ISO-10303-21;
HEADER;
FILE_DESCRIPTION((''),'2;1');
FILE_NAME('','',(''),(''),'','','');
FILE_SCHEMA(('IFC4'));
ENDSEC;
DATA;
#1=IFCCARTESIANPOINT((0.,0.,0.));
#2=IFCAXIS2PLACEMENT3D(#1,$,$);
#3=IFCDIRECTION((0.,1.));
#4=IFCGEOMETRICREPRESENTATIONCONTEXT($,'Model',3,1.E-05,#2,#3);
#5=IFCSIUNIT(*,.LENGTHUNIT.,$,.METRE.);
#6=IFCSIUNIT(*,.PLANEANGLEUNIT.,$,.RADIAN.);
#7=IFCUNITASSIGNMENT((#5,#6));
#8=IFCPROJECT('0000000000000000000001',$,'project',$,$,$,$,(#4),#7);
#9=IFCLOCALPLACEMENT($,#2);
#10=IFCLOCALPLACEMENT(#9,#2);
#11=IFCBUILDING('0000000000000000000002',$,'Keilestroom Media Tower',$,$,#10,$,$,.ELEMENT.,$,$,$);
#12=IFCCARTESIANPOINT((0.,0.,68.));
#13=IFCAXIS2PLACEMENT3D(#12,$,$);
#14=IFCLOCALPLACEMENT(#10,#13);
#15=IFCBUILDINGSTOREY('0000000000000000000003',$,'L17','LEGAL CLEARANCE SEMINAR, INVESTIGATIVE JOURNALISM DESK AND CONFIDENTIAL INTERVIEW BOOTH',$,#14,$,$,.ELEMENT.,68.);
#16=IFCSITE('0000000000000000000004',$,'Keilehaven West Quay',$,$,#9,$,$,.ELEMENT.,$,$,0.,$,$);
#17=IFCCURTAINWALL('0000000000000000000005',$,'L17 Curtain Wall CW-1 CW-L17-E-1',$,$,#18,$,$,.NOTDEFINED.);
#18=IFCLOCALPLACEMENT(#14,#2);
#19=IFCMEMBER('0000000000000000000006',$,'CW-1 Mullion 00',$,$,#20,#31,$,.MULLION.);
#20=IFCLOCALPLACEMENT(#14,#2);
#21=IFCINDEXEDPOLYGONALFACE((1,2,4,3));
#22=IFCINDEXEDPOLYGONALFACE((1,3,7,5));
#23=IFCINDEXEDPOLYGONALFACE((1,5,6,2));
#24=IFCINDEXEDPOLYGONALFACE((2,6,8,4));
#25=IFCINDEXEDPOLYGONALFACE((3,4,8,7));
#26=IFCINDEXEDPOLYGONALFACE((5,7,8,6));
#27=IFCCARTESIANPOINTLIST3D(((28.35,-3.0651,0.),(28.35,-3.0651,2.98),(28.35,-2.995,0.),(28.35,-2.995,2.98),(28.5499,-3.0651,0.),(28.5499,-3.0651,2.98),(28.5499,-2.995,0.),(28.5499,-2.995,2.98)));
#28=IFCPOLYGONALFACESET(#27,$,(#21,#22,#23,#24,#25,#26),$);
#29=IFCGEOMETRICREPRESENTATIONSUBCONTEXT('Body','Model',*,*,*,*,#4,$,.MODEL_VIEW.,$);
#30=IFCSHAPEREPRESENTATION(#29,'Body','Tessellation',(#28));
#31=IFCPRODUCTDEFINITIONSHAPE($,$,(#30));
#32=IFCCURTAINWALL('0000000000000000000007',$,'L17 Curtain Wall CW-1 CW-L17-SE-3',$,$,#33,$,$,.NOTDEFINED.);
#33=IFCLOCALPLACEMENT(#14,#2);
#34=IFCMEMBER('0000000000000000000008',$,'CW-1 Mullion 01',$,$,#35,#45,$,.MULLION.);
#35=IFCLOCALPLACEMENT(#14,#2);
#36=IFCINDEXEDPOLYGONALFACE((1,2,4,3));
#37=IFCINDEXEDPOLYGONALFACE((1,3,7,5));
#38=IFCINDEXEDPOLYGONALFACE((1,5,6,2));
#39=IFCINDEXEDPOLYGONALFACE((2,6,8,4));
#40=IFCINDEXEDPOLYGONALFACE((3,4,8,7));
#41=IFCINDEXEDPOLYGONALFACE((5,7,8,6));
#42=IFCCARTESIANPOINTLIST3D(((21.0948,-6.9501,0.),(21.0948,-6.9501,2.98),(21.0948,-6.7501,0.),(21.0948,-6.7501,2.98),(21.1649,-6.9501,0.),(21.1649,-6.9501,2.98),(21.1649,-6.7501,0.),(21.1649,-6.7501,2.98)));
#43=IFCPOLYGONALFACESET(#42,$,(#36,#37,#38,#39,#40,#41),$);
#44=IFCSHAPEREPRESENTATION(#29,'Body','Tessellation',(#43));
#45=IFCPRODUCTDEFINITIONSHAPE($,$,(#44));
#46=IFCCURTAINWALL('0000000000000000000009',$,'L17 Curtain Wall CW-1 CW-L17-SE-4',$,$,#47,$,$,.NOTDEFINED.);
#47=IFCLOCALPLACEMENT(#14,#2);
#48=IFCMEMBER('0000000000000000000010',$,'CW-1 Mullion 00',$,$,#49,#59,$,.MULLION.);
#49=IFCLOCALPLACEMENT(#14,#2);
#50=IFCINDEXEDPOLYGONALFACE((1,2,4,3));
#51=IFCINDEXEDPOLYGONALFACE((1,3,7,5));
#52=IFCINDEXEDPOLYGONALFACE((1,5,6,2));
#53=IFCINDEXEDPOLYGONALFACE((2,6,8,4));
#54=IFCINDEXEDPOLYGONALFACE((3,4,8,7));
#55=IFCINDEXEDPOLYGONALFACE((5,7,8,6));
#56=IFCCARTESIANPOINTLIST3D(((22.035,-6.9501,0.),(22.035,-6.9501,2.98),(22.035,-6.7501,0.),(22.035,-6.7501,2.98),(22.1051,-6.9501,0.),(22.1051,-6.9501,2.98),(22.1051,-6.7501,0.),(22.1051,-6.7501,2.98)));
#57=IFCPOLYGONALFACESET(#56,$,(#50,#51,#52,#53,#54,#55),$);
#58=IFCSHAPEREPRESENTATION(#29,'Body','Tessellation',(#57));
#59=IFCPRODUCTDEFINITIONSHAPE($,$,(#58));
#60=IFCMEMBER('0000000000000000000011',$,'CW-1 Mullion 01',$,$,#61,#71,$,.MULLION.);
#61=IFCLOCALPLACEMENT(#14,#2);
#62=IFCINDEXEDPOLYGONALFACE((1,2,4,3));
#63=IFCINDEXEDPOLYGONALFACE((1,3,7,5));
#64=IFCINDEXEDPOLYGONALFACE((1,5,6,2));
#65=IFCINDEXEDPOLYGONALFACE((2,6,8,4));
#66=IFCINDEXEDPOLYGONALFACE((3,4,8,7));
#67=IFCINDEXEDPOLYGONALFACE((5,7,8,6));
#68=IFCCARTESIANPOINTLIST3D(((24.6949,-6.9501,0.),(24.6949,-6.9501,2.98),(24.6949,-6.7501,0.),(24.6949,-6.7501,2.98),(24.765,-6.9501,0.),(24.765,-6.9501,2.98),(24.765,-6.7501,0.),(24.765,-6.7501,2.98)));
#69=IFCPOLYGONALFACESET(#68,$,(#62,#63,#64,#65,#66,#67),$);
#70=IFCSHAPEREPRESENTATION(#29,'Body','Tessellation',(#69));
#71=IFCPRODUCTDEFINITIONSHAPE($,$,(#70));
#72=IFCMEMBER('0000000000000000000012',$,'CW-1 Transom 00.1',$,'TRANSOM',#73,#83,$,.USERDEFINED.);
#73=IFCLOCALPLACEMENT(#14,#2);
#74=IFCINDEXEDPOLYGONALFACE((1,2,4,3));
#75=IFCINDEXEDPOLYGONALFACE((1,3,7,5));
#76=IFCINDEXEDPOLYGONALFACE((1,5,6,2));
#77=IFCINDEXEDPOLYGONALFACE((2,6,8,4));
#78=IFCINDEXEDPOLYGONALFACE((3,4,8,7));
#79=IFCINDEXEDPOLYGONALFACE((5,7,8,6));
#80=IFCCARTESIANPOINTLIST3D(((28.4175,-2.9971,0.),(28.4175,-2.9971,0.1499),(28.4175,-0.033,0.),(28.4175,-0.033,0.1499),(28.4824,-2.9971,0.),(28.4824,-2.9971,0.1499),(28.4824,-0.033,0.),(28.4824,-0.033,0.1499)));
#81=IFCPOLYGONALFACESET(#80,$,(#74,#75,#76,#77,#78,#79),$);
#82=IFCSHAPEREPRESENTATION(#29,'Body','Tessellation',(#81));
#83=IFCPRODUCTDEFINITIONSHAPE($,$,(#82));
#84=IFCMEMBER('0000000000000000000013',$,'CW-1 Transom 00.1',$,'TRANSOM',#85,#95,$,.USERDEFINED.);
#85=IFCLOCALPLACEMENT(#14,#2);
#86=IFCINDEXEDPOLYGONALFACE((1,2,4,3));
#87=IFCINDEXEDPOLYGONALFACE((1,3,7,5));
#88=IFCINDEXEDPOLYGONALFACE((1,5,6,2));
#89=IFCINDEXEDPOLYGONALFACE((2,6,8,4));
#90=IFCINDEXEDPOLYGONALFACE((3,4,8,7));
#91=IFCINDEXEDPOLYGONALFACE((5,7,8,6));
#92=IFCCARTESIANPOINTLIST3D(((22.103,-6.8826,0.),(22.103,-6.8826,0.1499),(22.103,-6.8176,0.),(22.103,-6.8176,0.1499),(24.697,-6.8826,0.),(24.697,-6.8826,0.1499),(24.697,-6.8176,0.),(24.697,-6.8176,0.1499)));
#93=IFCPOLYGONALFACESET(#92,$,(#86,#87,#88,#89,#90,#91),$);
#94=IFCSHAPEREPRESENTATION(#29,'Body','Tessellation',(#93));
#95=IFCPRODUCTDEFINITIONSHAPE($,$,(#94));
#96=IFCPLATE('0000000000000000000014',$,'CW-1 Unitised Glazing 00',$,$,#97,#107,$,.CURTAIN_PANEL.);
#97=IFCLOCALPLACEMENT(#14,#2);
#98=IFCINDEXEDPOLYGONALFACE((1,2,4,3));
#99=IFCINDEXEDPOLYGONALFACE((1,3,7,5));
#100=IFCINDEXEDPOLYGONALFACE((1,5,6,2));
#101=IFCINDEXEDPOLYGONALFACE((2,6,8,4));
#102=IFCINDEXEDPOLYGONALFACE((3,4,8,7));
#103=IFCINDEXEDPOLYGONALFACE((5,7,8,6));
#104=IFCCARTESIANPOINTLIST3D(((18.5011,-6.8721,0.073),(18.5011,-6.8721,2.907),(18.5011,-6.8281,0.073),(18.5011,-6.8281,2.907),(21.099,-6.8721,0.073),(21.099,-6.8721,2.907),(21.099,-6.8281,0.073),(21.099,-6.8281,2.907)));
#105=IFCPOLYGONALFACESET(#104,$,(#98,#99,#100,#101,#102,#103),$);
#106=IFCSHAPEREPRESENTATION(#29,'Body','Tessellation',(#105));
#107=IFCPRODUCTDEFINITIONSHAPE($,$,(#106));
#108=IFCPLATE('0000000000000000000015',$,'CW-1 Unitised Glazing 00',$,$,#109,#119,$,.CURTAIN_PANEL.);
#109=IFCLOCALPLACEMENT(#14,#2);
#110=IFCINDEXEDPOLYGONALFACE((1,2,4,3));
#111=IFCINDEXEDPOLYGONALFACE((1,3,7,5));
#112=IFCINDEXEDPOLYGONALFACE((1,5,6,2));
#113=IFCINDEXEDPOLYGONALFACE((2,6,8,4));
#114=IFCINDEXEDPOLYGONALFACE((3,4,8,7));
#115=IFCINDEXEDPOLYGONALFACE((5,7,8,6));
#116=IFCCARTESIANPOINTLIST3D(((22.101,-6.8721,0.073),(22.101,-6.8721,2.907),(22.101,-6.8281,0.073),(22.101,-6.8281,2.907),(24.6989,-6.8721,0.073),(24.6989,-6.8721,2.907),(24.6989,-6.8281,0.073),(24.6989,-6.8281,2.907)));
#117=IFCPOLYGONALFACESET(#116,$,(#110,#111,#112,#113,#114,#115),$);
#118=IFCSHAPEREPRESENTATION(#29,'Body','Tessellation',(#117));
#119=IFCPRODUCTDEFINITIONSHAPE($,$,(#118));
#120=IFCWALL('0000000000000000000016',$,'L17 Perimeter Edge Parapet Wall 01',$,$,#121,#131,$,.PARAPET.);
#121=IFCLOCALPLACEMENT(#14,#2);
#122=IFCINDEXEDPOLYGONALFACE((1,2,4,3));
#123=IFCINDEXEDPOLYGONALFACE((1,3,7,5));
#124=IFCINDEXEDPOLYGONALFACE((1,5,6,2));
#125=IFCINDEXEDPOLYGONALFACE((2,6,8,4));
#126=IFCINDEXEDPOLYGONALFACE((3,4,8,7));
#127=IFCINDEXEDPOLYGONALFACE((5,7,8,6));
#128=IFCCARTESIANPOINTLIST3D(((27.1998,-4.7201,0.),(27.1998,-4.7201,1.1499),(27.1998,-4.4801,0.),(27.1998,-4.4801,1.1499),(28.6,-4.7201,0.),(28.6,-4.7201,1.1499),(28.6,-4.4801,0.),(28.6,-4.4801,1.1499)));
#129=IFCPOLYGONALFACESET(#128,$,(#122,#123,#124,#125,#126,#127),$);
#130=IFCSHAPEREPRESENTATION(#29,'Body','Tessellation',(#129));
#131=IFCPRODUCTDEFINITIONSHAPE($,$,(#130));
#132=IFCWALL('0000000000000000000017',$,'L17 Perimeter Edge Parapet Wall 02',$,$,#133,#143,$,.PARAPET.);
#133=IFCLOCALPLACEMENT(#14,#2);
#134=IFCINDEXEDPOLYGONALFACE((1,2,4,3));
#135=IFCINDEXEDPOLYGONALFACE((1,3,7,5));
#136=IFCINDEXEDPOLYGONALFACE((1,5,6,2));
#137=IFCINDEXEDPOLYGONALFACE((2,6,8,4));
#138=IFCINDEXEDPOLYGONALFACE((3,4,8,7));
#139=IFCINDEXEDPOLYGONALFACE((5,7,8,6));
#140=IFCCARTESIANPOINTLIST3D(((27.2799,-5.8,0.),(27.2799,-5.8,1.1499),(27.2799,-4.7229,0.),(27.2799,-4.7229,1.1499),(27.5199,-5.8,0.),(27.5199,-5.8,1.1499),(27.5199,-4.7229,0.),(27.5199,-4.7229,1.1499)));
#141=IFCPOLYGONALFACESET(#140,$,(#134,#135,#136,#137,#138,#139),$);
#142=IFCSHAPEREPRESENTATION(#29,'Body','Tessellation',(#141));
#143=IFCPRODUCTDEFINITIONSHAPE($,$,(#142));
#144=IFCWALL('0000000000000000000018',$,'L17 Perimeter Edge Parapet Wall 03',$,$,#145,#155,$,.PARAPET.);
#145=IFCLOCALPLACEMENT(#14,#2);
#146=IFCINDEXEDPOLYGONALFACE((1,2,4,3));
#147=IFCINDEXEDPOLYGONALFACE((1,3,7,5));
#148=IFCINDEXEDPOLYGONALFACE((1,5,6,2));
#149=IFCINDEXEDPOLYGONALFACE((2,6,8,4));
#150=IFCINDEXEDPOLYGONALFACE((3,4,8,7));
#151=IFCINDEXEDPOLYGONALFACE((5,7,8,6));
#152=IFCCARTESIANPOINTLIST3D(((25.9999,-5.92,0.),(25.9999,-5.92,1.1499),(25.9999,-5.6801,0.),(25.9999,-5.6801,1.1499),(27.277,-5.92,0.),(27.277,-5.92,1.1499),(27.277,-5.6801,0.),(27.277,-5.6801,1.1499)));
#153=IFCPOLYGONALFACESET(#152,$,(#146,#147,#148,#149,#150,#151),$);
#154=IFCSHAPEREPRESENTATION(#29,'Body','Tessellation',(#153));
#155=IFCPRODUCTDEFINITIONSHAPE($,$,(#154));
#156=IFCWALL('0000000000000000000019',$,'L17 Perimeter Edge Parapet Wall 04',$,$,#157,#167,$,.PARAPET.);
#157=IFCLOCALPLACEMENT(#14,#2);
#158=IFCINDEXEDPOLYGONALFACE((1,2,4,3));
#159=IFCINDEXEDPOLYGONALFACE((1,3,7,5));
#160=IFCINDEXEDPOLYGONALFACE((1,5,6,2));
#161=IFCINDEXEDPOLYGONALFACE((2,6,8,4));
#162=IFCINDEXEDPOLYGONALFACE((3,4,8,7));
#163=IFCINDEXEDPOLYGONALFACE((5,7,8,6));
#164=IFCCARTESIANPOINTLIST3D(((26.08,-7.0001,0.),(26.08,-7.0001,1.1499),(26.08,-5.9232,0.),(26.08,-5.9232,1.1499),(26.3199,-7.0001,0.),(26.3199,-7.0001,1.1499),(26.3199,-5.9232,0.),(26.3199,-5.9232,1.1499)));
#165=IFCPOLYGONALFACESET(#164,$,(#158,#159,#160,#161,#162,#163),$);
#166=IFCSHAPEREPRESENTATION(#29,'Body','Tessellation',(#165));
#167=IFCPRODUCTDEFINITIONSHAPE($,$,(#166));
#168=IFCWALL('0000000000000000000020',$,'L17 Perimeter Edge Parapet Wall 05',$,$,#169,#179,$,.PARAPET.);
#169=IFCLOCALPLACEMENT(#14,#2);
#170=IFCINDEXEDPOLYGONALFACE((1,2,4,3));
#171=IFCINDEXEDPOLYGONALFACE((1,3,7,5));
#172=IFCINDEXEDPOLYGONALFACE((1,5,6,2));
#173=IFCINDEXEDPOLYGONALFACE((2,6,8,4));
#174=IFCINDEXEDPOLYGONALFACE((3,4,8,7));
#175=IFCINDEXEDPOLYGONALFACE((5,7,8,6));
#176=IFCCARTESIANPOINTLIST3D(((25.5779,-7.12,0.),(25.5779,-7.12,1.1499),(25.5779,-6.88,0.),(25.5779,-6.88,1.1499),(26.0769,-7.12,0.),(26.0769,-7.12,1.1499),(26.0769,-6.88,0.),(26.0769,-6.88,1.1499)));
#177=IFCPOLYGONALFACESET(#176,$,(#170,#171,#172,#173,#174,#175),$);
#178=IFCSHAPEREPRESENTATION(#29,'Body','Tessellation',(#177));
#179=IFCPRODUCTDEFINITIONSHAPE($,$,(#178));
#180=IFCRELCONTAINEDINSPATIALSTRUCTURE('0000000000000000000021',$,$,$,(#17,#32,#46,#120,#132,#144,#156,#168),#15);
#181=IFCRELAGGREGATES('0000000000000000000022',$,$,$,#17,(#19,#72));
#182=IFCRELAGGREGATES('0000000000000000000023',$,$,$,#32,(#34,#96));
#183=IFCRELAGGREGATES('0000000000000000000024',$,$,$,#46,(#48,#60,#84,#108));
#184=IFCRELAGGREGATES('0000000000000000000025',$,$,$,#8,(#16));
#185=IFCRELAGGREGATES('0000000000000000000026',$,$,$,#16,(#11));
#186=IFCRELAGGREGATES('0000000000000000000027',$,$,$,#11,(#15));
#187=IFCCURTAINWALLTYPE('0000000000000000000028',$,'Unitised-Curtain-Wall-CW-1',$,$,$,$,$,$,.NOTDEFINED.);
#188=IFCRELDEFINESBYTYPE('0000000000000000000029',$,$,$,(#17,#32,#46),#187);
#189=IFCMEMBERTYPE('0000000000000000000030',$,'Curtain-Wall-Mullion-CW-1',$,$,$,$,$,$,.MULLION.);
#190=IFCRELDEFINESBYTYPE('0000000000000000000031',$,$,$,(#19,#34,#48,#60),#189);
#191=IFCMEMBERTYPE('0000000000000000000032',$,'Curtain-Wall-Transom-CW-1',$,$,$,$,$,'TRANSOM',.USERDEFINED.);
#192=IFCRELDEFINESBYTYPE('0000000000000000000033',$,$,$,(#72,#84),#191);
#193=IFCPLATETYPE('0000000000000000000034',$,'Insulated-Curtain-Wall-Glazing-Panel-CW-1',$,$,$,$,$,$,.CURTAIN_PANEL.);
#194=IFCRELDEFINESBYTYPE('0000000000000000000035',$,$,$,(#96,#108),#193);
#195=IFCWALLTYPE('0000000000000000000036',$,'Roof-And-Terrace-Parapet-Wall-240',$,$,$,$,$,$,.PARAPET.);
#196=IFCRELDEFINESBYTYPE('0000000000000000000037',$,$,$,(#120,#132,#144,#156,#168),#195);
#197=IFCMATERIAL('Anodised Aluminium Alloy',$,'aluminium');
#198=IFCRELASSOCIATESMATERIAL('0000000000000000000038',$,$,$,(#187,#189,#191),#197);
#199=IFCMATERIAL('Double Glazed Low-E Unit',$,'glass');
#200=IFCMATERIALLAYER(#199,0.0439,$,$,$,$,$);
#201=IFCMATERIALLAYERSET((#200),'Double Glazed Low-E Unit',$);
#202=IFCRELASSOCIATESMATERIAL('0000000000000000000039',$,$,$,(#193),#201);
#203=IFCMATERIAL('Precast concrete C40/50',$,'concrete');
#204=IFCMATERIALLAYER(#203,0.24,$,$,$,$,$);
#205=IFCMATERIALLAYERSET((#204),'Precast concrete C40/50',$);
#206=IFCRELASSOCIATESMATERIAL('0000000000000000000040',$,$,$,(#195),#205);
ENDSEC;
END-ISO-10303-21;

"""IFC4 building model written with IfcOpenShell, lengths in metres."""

from ifc_helpers import new_model, si_unit, direction, frame, frame_2d, origin, origin_2d, place, context, subcontext, project, spatial, rectangle, extrude, source, transform, mapped, material, layer, layer_set, material_profile, profile_set, type_object, element, aggregate, save


model = new_model("IFC4")

# Units and contexts
model_context = context("Model", 3, precision=1e-05, world=origin(), true_north=direction((0.0, 1.0)))
body_context = subcontext(model_context, "Body", "Model", "MODEL_VIEW")
ifc_project = project(units=[si_unit("LENGTHUNIT", "METRE"), si_unit("PLANEANGLEUNIT", "RADIAN")], contexts=[model_context])

# Site, building, storey
site_placement = place(None, origin())
site = spatial("IfcSite", under=ifc_project, at=site_placement, Name="Keilehaven West Quay", CompositionType="ELEMENT", RefElevation=0.0)
building_placement = place(site_placement, origin())
building = spatial("IfcBuilding", under=site, at=building_placement, Name="Keilestroom Media Tower", CompositionType="ELEMENT")
storey_placement = place(building_placement, frame((0.0, 0.0, 68.0)))
storey = spatial("IfcBuildingStorey", under=building, at=storey_placement, Name="L17", Description="LEGAL CLEARANCE SEMINAR, INVESTIGATIVE JOURNALISM DESK AND CONFIDENTIAL INTERVIEW BOOTH", CompositionType="ELEMENT", Elevation=68.0)

# Shared definitions
ifc_material_1 = material(Name="Precast concrete C40/50", Category="concrete")

# Curtain walls, members
ifc_material_2 = material(Name="Anodised Aluminium Alloy", Category="aluminium")
curtain_wall_type = type_object("IfcCurtainWallType", Name="Unitised-Curtain-Wall-CW-1", PredefinedType="NOTDEFINED", material=ifc_material_2)
curtain_wall_1_placement = place(storey_placement, origin())
curtain_wall_1 = element("IfcCurtainWall", 1, at=curtain_wall_1_placement, inside=storey, type_object=curtain_wall_type, Name="L17 Curtain Wall CW-1 CW-L17-E-1", PredefinedType="NOTDEFINED")
ifc_material_profile_1 = material_profile(ifc_material_2, rectangle(XDim=0.0701, YDim=0.2, at=origin_2d()), Name="ALU MULLION 70x200")
ifc_profile_set_1 = profile_set([ifc_material_profile_1], Name="Anodised Aluminium Alloy")
member_type_1 = type_object("IfcMemberType", Name="Curtain-Wall-Mullion-CW-1", PredefinedType="MULLION", material=ifc_profile_set_1)
shared_shape_1 = source(origin(), body_context, "Body", "SweptSolid", [
    extrude(rectangle(XDim=0.0701, YDim=0.2, at=origin_2d()), origin(), (0.0, 0.0, 1.0), 2.98),
])
member_1_placement = place(storey_placement, frame((28.45, -3.03, 0.0), z_axis=(0.0, 0.0, 1.0), x_axis=(0.0, 1.0, 0.0)))
member_1 = element("IfcMember", 2, at=member_1_placement, type_object=member_type_1, Name="CW-1 Mullion 00", PredefinedType="MULLION", context=body_context, shape_type="MappedRepresentation", body=[
    mapped(shared_shape_1, transform((0.0, 0.0, 0.0), x_axis=(1.0, 0.0, 0.0), y_axis=(0.0, 1.0, 0.0), z_axis=(0.0, 0.0, 1.0), scale=1.0)),
])
curtain_wall_2_placement = place(storey_placement, origin())
curtain_wall_2 = element("IfcCurtainWall", 3, at=curtain_wall_2_placement, inside=storey, type_object=curtain_wall_type, Name="L17 Curtain Wall CW-1 CW-L17-SE-3", PredefinedType="NOTDEFINED")
member_2_placement = place(storey_placement, frame((21.1299, -6.8501, 0.0), z_axis=(0.0, 0.0, 1.0), x_axis=(1.0, 0.0, 0.0)))
member_2 = element("IfcMember", 4, at=member_2_placement, type_object=member_type_1, Name="CW-1 Mullion 01", PredefinedType="MULLION", context=body_context, shape_type="MappedRepresentation", body=[
    mapped(shared_shape_1, transform((0.0, 0.0, 0.0), x_axis=(1.0, 0.0, 0.0), y_axis=(0.0, 1.0, 0.0), z_axis=(0.0, 0.0, 1.0), scale=1.0)),
])

# Curtain wall, members
curtain_wall_3_placement = place(storey_placement, origin())
curtain_wall_3 = element("IfcCurtainWall", 5, at=curtain_wall_3_placement, inside=storey, type_object=curtain_wall_type, Name="L17 Curtain Wall CW-1 CW-L17-SE-4", PredefinedType="NOTDEFINED")
member_3_placement = place(storey_placement, frame((22.0701, -6.8501, 0.0), z_axis=(0.0, 0.0, 1.0), x_axis=(1.0, 0.0, 0.0)))
member_3 = element("IfcMember", 6, at=member_3_placement, type_object=member_type_1, Name="CW-1 Mullion 00", PredefinedType="MULLION", context=body_context, shape_type="MappedRepresentation", body=[
    mapped(shared_shape_1, transform((0.0, 0.0, 0.0), x_axis=(1.0, 0.0, 0.0), y_axis=(0.0, 1.0, 0.0), z_axis=(0.0, 0.0, 1.0), scale=1.0)),
])
member_4_placement = place(storey_placement, frame((24.73, -6.8501, 0.0), z_axis=(0.0, 0.0, 1.0), x_axis=(1.0, 0.0, 0.0)))
member_4 = element("IfcMember", 7, at=member_4_placement, type_object=member_type_1, Name="CW-1 Mullion 01", PredefinedType="MULLION", context=body_context, shape_type="MappedRepresentation", body=[
    mapped(shared_shape_1, transform((0.0, 0.0, 0.0), x_axis=(1.0, 0.0, 0.0), y_axis=(0.0, 1.0, 0.0), z_axis=(0.0, 0.0, 1.0), scale=1.0)),
])

# Members
ifc_material_profile_2 = material_profile(ifc_material_2, rectangle(XDim=0.0649, YDim=0.1499, at=origin_2d()), Name="ALU TRANSOM 65x150")
ifc_profile_set_2 = profile_set([ifc_material_profile_2], Name="Anodised Aluminium Alloy")
member_type_2 = type_object("IfcMemberType", Name="Curtain-Wall-Transom-CW-1", ElementType="TRANSOM", PredefinedType="USERDEFINED", material=ifc_profile_set_2)
shared_shape_2 = source(origin(), body_context, "Body", "SweptSolid", [
    extrude(rectangle(XDim=0.0649, YDim=0.1499, at=origin_2d()), origin(), (0.0, 0.0, 1.0), 2.9641),
])
member_5_placement = place(storey_placement, frame((28.45, -2.9971, 0.075), z_axis=(0.0, 1.0, 0.0), x_axis=(-1.0, 0.0, 0.0)))
member_5 = element("IfcMember", 8, at=member_5_placement, type_object=member_type_2, Name="CW-1 Transom 00.1", ObjectType="TRANSOM", PredefinedType="USERDEFINED", context=body_context, shape_type="MappedRepresentation", body=[
    mapped(shared_shape_2, transform((0.0, 0.0, 0.0), x_axis=(1.0, 0.0, 0.0), y_axis=(0.0, 1.0, 0.0), z_axis=(0.0, 0.0, 1.0), scale=1.0)),
])
aggregate(curtain_wall_1, [member_1, member_5])
shared_shape_3 = source(origin(), body_context, "Body", "SweptSolid", [
    extrude(rectangle(XDim=0.0649, YDim=0.1499, at=origin_2d()), origin(), (0.0, 0.0, 1.0), 2.594),
])
member_6_placement = place(storey_placement, frame((22.103, -6.8501, 0.075), z_axis=(1.0, 0.0, 0.0), x_axis=(0.0, 1.0, 0.0)))
member_6 = element("IfcMember", 9, at=member_6_placement, type_object=member_type_2, Name="CW-1 Transom 00.1", ObjectType="TRANSOM", PredefinedType="USERDEFINED", context=body_context, shape_type="MappedRepresentation", body=[
    mapped(shared_shape_3, transform((0.0, 0.0, 0.0), x_axis=(1.0, 0.0, 0.0), y_axis=(0.0, 1.0, 0.0), z_axis=(0.0, 0.0, 1.0), scale=1.0)),
])

# Plates
ifc_material_3 = material(Name="Double Glazed Low-E Unit", Category="glass")
ifc_layer_1 = layer(ifc_material_3, 0.0439)
ifc_layer_set_1 = layer_set([ifc_layer_1], Name="Double Glazed Low-E Unit")
plate_type = type_object("IfcPlateType", Name="Insulated-Curtain-Wall-Glazing-Panel-CW-1", PredefinedType="CURTAIN_PANEL", material=ifc_layer_set_1)
shared_shape_4 = source(origin(), body_context, "Body", "SweptSolid", [
    extrude(rectangle(XDim=2.5979, YDim=0.0439, at=origin_2d()), origin(), (0.0, 0.0, 1.0), 2.834),
])
plate_1_placement = place(storey_placement, frame((19.8, -6.8501, 0.073), z_axis=(0.0, 0.0, 1.0), x_axis=(1.0, 0.0, 0.0)))
plate_1 = element("IfcPlate", 10, at=plate_1_placement, type_object=plate_type, Name="CW-1 Unitised Glazing 00", PredefinedType="CURTAIN_PANEL", context=body_context, shape_type="MappedRepresentation", body=[
    mapped(shared_shape_4, transform((0.0, 0.0, 0.0), x_axis=(1.0, 0.0, 0.0), y_axis=(0.0, 1.0, 0.0), z_axis=(0.0, 0.0, 1.0), scale=1.0)),
])
aggregate(curtain_wall_2, [member_2, plate_1])
plate_2_placement = place(storey_placement, frame((23.3999, -6.8501, 0.073), z_axis=(0.0, 0.0, 1.0), x_axis=(1.0, 0.0, 0.0)))
plate_2 = element("IfcPlate", 11, at=plate_2_placement, type_object=plate_type, Name="CW-1 Unitised Glazing 00", PredefinedType="CURTAIN_PANEL", context=body_context, shape_type="MappedRepresentation", body=[
    mapped(shared_shape_4, transform((0.0, 0.0, 0.0), x_axis=(1.0, 0.0, 0.0), y_axis=(0.0, 1.0, 0.0), z_axis=(0.0, 0.0, 1.0), scale=1.0)),
])
aggregate(curtain_wall_3, [member_3, member_4, member_6, plate_2])

# Walls
ifc_layer_2 = layer(ifc_material_1, 0.24)
ifc_layer_set_2 = layer_set([ifc_layer_2], Name="Precast concrete C40/50")
wall_type = type_object("IfcWallType", Name="Roof-And-Terrace-Parapet-Wall-240", PredefinedType="PARAPET", material=ifc_layer_set_2)
wall_1_placement = place(storey_placement, frame((28.6001, -4.6001, 0.0), z_axis=(0.0, 0.0, 1.0), x_axis=(-1.0, 0.0, 0.0)))
element("IfcWall", 12, at=wall_1_placement, inside=storey, type_object=wall_type, Name="L17 Perimeter Edge Parapet Wall 01", PredefinedType="PARAPET", context=body_context, shape_type="SweptSolid", body=[
    extrude(rectangle(XDim=1.4001, YDim=0.24, at=frame_2d((0.7002, 0.0))), origin(), (0.0, 0.0, 1.0), 1.1499),
])
wall_2_placement = place(storey_placement, frame((27.3999, -4.7229, 0.0), z_axis=(0.0, 0.0, 1.0), x_axis=(0.0, -1.0, 0.0)))
element("IfcWall", 13, at=wall_2_placement, inside=storey, type_object=wall_type, Name="L17 Perimeter Edge Parapet Wall 02", PredefinedType="PARAPET", context=body_context, shape_type="SweptSolid", body=[
    extrude(rectangle(XDim=1.0771, YDim=0.24, at=frame_2d((0.5386, 0.0))), origin(), (0.0, 0.0, 1.0), 1.1499),
])
wall_3_placement = place(storey_placement, frame((27.2771, -5.8, 0.0), z_axis=(0.0, 0.0, 1.0), x_axis=(-1.0, 0.0, 0.0)))
element("IfcWall", 14, at=wall_3_placement, inside=storey, type_object=wall_type, Name="L17 Perimeter Edge Parapet Wall 03", PredefinedType="PARAPET", context=body_context, shape_type="SweptSolid", body=[
    extrude(rectangle(XDim=1.2771, YDim=0.24, at=frame_2d((0.6387, 0.0))), origin(), (0.0, 0.0, 1.0), 1.1499),
])
wall_4_placement = place(storey_placement, frame((26.2, -5.9231, 0.0), z_axis=(0.0, 0.0, 1.0), x_axis=(0.0, -1.0, 0.0)))
element("IfcWall", 15, at=wall_4_placement, inside=storey, type_object=wall_type, Name="L17 Perimeter Edge Parapet Wall 04", PredefinedType="PARAPET", context=body_context, shape_type="SweptSolid", body=[
    extrude(rectangle(XDim=1.0769, YDim=0.24, at=frame_2d((0.5386, 0.0))), origin(), (0.0, 0.0, 1.0), 1.1499),
])
wall_5_placement = place(storey_placement, frame((26.0769, -7.0, 0.0), z_axis=(0.0, 0.0, 1.0), x_axis=(-1.0, 0.0, 0.0)))
element("IfcWall", 16, at=wall_5_placement, inside=storey, type_object=wall_type, Name="L17 Perimeter Edge Parapet Wall 05", PredefinedType="PARAPET", context=body_context, shape_type="SweptSolid", body=[
    extrude(rectangle(XDim=0.499, YDim=0.24, at=frame_2d((0.2495, 0.0))), origin(), (0.0, 0.0, 1.0), 1.1499),
])

save(model, "model.ifc")
